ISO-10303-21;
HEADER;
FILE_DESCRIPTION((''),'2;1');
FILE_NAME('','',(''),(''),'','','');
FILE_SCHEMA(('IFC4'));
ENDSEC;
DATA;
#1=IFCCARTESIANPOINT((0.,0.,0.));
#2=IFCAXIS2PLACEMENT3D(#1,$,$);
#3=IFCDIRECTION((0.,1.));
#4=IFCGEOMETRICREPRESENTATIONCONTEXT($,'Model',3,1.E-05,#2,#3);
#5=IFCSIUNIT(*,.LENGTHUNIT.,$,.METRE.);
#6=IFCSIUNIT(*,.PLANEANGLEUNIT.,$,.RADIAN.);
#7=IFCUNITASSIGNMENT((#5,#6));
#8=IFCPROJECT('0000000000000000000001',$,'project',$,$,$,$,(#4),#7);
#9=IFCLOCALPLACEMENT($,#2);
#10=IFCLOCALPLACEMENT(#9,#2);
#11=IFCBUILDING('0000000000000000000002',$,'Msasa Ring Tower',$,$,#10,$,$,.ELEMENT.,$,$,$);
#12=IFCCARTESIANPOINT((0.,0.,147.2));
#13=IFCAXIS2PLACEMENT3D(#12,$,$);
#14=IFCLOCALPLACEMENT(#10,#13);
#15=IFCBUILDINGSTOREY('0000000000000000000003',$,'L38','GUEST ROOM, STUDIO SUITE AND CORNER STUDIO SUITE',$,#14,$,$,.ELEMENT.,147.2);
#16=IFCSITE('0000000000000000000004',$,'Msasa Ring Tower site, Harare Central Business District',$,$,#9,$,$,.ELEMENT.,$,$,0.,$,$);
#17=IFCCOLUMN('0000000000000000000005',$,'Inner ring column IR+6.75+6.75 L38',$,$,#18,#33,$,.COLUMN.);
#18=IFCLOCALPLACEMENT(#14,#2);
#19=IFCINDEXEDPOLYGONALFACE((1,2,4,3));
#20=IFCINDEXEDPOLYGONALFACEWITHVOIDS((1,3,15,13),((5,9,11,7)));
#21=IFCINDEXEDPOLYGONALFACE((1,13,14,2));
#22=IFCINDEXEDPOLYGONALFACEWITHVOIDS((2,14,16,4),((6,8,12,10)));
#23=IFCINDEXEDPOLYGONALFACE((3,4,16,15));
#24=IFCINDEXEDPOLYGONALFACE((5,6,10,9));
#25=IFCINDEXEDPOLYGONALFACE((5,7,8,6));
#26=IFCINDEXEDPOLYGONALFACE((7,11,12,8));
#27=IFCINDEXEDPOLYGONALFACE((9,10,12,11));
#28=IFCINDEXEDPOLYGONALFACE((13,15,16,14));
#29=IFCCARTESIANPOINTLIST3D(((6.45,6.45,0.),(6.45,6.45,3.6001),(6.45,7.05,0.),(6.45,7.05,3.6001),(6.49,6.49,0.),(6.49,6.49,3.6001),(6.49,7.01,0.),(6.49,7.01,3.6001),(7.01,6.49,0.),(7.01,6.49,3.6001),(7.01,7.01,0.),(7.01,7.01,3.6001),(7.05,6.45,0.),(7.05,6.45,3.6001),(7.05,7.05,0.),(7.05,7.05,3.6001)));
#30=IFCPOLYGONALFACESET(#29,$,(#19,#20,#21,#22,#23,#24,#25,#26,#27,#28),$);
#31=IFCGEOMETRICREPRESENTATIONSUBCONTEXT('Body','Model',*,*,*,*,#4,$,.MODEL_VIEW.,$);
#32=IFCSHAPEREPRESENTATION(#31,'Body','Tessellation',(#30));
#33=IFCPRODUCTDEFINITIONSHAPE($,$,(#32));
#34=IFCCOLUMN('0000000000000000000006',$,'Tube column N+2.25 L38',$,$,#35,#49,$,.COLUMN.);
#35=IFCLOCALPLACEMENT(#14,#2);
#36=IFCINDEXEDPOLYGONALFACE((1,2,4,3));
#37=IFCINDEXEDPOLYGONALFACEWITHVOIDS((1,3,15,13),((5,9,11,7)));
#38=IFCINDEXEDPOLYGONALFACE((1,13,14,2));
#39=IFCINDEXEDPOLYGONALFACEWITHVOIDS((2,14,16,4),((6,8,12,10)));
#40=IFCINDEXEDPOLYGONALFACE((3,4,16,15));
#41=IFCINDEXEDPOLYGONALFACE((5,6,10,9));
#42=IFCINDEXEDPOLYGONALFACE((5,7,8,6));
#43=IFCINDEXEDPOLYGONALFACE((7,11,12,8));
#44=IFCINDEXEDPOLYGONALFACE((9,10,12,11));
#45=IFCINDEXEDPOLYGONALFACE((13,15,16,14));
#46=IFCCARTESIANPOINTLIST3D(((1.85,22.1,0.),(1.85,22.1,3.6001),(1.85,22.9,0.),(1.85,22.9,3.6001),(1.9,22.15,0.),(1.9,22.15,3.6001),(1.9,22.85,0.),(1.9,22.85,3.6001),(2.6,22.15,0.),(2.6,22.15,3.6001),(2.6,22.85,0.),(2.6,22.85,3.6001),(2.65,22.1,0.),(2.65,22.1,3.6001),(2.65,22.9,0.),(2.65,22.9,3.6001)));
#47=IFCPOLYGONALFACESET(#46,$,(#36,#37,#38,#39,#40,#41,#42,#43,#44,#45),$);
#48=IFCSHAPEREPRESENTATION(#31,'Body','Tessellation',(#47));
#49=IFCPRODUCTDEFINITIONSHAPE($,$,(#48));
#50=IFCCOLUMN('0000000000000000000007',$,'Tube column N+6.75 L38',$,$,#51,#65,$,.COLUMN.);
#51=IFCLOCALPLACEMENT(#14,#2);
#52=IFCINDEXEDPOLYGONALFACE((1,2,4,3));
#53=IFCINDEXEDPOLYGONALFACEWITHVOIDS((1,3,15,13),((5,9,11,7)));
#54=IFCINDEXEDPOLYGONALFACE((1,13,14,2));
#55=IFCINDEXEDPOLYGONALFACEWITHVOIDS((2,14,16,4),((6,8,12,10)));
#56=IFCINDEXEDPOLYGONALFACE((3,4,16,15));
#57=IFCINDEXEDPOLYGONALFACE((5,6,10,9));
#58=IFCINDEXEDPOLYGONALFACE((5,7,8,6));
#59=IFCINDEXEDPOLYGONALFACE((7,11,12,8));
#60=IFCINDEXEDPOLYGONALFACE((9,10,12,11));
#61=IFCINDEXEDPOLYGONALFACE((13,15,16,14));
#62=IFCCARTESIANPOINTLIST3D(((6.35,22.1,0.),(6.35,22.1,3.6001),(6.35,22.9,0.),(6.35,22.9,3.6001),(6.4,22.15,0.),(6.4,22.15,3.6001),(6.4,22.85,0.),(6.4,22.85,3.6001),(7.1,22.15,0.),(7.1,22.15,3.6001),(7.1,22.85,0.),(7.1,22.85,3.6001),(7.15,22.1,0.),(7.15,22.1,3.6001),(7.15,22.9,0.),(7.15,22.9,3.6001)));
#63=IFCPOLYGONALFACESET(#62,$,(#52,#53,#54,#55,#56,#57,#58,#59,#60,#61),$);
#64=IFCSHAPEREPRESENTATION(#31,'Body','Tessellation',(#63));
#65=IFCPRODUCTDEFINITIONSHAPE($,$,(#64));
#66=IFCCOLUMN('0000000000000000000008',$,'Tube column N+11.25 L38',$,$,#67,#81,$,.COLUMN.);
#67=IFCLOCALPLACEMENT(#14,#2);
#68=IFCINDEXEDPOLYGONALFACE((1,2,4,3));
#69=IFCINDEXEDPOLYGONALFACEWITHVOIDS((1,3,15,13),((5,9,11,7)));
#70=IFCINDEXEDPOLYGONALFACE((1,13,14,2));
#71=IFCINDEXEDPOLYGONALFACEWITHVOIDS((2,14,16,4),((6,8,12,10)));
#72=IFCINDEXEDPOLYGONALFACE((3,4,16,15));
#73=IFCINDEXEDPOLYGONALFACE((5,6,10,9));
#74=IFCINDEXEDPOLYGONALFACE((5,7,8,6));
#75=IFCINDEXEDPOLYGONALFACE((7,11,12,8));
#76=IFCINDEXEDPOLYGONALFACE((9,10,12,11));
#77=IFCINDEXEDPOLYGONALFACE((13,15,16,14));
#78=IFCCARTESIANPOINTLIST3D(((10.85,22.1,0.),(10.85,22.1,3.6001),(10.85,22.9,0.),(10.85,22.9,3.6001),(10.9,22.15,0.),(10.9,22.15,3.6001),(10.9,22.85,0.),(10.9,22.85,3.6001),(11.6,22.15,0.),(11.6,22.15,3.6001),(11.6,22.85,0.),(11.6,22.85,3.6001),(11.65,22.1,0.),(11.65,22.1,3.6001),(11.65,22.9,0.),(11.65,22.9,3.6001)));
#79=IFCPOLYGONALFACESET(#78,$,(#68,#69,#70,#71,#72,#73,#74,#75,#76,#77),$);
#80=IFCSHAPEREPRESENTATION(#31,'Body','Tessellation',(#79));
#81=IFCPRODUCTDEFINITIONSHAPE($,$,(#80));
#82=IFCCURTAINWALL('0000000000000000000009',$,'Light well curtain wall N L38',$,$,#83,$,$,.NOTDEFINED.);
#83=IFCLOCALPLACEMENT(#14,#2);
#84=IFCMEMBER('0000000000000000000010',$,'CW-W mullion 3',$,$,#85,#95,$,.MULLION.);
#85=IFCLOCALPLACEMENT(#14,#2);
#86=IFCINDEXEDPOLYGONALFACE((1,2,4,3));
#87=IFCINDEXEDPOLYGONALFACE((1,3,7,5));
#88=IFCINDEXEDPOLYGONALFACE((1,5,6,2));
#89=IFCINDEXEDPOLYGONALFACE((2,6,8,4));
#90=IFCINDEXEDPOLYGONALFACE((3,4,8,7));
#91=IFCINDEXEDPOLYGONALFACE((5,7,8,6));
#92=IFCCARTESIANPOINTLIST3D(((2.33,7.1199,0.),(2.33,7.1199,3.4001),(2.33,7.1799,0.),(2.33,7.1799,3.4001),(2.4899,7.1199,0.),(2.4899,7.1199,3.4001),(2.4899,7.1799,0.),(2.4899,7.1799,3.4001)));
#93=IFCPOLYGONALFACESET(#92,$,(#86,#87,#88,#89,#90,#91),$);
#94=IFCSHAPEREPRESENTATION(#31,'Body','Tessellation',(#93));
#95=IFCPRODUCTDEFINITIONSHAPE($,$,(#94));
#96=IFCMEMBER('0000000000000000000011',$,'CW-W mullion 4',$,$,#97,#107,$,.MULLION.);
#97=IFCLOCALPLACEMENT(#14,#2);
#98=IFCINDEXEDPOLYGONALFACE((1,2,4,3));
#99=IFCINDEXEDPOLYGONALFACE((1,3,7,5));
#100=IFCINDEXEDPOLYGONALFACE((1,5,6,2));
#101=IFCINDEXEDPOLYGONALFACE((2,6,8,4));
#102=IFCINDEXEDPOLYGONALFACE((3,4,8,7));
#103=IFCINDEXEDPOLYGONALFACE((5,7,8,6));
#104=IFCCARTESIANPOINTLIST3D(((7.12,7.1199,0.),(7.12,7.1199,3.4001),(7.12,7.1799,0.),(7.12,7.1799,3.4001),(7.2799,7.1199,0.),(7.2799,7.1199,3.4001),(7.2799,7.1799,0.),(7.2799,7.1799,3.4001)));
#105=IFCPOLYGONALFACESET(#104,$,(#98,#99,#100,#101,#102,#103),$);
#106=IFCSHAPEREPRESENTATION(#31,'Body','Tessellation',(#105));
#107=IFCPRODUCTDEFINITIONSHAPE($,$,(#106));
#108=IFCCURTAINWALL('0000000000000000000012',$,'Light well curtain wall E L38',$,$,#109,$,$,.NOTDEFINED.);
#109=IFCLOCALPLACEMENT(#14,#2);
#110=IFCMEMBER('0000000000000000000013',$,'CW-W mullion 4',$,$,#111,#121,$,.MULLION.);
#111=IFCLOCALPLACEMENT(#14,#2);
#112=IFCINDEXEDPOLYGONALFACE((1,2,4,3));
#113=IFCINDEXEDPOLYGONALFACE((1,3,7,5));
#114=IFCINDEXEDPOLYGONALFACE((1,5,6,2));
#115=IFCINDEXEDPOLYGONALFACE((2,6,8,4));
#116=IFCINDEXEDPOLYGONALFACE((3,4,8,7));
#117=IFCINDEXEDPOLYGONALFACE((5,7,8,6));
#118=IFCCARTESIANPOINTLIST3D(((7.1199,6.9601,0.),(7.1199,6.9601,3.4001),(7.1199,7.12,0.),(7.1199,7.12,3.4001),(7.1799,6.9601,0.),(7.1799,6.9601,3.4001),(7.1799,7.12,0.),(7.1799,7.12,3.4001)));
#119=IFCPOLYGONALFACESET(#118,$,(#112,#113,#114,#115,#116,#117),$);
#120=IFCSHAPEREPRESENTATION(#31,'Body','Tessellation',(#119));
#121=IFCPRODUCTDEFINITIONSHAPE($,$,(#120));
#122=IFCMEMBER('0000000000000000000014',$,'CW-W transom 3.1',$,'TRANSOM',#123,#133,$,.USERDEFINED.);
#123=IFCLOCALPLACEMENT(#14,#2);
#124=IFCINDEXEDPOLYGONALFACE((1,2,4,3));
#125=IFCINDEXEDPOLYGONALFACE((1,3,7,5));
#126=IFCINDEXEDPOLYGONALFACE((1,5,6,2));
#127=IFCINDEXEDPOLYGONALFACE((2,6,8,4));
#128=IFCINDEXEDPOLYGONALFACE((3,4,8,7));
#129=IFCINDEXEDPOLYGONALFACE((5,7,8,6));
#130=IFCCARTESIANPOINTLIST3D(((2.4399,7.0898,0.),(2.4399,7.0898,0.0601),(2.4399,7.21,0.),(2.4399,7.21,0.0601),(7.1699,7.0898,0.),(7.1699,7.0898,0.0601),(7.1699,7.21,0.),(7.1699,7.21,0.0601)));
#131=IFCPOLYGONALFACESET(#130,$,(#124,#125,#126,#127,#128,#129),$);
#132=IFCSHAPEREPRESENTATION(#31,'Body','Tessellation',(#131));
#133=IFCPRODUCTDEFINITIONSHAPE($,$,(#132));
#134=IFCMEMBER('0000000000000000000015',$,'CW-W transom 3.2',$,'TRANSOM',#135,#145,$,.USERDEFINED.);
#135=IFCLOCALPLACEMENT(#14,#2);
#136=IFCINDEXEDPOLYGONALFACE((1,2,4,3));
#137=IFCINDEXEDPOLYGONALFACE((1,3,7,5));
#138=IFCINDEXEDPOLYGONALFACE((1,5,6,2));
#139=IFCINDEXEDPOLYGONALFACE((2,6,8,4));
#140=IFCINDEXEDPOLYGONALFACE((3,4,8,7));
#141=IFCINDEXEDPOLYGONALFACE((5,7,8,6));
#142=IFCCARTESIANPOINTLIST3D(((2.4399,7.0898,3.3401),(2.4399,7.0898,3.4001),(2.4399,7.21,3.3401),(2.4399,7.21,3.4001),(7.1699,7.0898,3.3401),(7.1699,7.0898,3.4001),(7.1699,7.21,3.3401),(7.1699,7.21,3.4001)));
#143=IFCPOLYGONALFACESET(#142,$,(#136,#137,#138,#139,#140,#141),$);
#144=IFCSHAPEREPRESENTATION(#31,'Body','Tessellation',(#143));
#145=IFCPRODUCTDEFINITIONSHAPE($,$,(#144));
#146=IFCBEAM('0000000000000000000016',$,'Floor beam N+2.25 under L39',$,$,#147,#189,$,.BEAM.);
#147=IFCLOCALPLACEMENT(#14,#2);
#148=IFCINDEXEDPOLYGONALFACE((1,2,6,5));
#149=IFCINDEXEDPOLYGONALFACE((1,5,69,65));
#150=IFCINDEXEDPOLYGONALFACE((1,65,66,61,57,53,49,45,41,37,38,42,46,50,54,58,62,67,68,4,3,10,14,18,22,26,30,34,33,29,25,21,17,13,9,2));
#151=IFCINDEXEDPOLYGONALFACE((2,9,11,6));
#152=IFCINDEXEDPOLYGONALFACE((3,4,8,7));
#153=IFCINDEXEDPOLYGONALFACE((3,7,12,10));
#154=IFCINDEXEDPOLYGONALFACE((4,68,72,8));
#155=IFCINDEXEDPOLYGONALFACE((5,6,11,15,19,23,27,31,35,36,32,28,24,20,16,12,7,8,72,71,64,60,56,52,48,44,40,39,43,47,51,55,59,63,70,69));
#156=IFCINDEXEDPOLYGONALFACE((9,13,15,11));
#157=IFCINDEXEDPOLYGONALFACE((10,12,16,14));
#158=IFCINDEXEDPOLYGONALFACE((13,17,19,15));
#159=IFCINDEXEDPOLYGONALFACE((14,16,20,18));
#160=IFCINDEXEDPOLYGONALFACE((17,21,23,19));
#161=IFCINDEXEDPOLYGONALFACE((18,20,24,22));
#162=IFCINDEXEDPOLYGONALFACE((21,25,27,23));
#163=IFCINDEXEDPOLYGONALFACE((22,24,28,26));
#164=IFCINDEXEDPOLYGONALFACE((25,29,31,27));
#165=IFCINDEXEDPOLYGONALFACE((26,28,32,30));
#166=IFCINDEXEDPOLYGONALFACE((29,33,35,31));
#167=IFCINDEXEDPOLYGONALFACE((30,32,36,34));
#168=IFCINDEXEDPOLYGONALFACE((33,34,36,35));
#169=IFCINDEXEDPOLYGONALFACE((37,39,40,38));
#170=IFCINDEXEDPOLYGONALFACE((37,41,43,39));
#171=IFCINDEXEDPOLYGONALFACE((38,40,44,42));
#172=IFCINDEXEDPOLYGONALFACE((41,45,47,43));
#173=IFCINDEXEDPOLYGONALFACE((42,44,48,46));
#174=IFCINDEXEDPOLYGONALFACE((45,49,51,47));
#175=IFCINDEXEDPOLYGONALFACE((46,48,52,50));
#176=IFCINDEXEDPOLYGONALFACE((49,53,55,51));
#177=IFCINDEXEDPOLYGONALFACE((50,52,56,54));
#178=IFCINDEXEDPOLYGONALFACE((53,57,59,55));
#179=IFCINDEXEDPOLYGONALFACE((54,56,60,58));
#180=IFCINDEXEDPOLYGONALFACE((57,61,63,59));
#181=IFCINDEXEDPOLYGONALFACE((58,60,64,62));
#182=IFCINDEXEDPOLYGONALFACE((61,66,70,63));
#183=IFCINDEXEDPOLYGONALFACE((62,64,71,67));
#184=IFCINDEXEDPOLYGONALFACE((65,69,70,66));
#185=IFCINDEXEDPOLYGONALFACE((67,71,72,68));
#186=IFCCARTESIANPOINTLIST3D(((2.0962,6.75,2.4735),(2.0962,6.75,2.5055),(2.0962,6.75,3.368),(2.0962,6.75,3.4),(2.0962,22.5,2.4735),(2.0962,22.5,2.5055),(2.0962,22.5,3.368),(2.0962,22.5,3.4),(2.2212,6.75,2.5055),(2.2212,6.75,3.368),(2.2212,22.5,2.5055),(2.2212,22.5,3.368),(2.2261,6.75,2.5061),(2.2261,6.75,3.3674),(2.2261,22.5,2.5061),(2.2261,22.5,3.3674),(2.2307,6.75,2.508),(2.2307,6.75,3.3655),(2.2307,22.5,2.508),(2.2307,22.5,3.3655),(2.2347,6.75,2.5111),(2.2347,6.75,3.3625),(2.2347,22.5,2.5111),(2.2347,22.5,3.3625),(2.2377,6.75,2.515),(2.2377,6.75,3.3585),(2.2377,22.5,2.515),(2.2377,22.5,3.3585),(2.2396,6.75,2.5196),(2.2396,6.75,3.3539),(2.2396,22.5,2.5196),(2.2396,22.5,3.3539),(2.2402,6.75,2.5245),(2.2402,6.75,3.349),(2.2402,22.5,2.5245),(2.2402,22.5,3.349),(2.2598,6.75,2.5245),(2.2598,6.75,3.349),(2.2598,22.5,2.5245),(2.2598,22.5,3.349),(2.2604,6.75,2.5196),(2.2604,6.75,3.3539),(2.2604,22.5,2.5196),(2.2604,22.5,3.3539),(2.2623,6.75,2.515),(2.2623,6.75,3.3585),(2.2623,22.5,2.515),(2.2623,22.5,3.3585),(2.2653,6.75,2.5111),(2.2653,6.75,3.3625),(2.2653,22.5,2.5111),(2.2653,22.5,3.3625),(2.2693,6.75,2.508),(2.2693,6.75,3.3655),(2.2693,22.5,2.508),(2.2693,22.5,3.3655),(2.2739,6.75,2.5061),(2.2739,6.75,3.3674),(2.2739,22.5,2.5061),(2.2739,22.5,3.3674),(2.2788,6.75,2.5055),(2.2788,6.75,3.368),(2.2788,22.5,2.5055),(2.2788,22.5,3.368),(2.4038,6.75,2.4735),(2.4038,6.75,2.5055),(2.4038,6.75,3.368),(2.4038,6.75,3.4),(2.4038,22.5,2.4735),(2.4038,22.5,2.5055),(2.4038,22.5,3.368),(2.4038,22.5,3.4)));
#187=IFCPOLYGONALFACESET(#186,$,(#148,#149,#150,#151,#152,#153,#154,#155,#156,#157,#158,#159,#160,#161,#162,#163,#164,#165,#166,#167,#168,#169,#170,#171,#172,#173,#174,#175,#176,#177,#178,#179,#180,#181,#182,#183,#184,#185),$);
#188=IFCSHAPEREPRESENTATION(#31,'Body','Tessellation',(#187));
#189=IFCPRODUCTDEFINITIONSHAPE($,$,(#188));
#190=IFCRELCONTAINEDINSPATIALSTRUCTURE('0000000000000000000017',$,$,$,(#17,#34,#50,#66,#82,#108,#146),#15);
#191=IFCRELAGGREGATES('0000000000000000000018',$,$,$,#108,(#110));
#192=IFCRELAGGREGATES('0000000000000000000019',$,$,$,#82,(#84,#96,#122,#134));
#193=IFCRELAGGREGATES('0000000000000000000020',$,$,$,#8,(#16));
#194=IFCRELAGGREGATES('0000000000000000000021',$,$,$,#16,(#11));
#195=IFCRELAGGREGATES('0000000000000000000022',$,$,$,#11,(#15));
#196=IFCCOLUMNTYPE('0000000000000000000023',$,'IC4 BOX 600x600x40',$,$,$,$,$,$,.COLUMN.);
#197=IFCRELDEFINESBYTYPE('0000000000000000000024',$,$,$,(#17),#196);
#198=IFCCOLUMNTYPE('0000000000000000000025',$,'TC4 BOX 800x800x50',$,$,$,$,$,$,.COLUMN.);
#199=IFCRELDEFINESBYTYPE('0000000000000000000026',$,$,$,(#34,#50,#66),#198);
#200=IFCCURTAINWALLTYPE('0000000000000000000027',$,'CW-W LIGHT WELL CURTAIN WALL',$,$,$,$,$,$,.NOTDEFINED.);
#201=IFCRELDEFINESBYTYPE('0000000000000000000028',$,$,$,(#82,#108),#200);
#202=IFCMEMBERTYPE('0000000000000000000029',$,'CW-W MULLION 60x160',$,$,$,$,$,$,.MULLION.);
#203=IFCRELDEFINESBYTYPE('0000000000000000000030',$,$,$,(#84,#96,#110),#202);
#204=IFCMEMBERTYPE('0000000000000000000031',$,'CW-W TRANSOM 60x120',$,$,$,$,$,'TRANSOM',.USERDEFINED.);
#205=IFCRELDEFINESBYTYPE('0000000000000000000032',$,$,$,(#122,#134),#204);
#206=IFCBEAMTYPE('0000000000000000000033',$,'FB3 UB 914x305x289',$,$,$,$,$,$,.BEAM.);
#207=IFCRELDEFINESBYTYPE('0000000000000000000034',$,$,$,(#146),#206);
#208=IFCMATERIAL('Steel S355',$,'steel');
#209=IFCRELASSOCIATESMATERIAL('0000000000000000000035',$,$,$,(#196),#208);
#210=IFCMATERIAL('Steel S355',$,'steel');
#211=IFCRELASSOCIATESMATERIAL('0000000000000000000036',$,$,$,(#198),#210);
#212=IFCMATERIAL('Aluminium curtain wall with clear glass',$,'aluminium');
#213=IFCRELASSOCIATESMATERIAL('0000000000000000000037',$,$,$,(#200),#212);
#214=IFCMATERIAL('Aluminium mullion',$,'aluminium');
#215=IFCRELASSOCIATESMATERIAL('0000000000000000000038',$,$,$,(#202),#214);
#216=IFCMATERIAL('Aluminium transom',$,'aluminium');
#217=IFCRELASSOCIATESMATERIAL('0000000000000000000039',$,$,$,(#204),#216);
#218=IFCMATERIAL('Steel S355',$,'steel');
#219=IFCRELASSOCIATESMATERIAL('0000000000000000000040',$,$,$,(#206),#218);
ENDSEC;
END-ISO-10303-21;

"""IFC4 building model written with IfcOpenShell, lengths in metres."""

from ifc_helpers import new_model, si_unit, direction, frame, origin, origin_2d, place, context, subcontext, project, spatial, rectangle, hollow_rectangle, i_section, extrude, material, material_profile, profile_set, type_object, element, aggregate, save


model = new_model("IFC4")

# Units and contexts
model_context = context("Model", 3, precision=1e-05, world=origin(), true_north=direction((0.0, 1.0)))
body_context = subcontext(model_context, "Body", "Model", "MODEL_VIEW")
ifc_project = project(units=[si_unit("LENGTHUNIT", "METRE"), si_unit("PLANEANGLEUNIT", "RADIAN")], contexts=[model_context])

# Site, building, storey
site_placement = place(None, origin())
site = spatial("IfcSite", under=ifc_project, at=site_placement, Name="Msasa Ring Tower site, Harare Central Business District", CompositionType="ELEMENT", RefElevation=0.0)
building_placement = place(site_placement, origin())
building = spatial("IfcBuilding", under=site, at=building_placement, Name="Msasa Ring Tower", CompositionType="ELEMENT")
storey_placement = place(building_placement, frame((0.0, 0.0, 147.2)))
storey = spatial("IfcBuildingStorey", under=building, at=storey_placement, Name="L38", Description="GUEST ROOM, STUDIO SUITE AND CORNER STUDIO SUITE", CompositionType="ELEMENT", Elevation=147.2)

# Columns
ifc_material_1 = material(Name="Steel S355", Category="steel")
ifc_material_profile_1 = material_profile(ifc_material_1, hollow_rectangle(XDim=0.6001, YDim=0.6001, WallThickness=0.04, at=origin_2d()), Name="BOX 600x600x40")
ifc_profile_set_1 = profile_set([ifc_material_profile_1], Name="Steel S355")
column_type_1 = type_object("IfcColumnType", Name="IC4 BOX 600x600x40", PredefinedType="COLUMN", material=ifc_profile_set_1)
column_placement = place(storey_placement, frame((6.75, 6.75, 0.0), z_axis=(0.0, 0.0, 1.0), x_axis=(1.0, 0.0, 0.0)))
element("IfcColumn", 1, at=column_placement, inside=storey, type_object=column_type_1, Name="Inner ring column IR+6.75+6.75 L38", PredefinedType="COLUMN", context=body_context, shape_type="SweptSolid", body=[
    extrude(hollow_rectangle(XDim=0.6001, YDim=0.6001, WallThickness=0.04, at=origin_2d()), origin(), (0.0, 0.0, 1.0), 3.6001),
])
ifc_material_2 = material(Name="Steel S355", Category="steel")
ifc_material_profile_2 = material_profile(ifc_material_2, hollow_rectangle(XDim=0.8, YDim=0.8, WallThickness=0.05, at=origin_2d()), Name="BOX 800x800x50")
ifc_profile_set_2 = profile_set([ifc_material_profile_2], Name="Steel S355")
column_type_2 = type_object("IfcColumnType", Name="TC4 BOX 800x800x50", PredefinedType="COLUMN", material=ifc_profile_set_2)
for number, where, z_axis, x_axis, name in (
    (2, (2.25, 22.5, 0.0), (0.0, 0.0, 1.0), (0.0, 1.0, 0.0), "Tube column N+2.25 L38"),
    (3, (6.75, 22.5, 0.0), (0.0, 0.0, 1.0), (0.0, 1.0, 0.0), "Tube column N+6.75 L38"),
    (4, (11.25, 22.5, 0.0), (0.0, 0.0, 1.0), (0.0, 1.0, 0.0), "Tube column N+11.25 L38"),
):
    element("IfcColumn", number, at=place(storey_placement, frame(where, z_axis=z_axis, x_axis=x_axis)), inside=storey, type_object=column_type_2, Name=name, PredefinedType="COLUMN", context=body_context, shape_type="SweptSolid", body=[
        extrude(hollow_rectangle(XDim=0.8, YDim=0.8, WallThickness=0.05, at=origin_2d()), origin(), (0.0, 0.0, 1.0), 3.6001),
    ])

# Curtain wall, members
ifc_material_3 = material(Name="Aluminium curtain wall with clear glass", Category="aluminium")
curtain_wall_type = type_object("IfcCurtainWallType", Name="CW-W LIGHT WELL CURTAIN WALL", PredefinedType="NOTDEFINED", material=ifc_material_3)
curtain_wall_1_placement = place(storey_placement, origin())
curtain_wall_1 = element("IfcCurtainWall", 5, at=curtain_wall_1_placement, inside=storey, type_object=curtain_wall_type, Name="Light well curtain wall N L38", PredefinedType="NOTDEFINED")
ifc_material_4 = material(Name="Aluminium mullion", Category="aluminium")
ifc_material_profile_3 = material_profile(ifc_material_4, rectangle(XDim=0.0601, YDim=0.1599, at=origin_2d()), Name="AL 60x160")
ifc_profile_set_3 = profile_set([ifc_material_profile_3], Name="Aluminium mullion")
member_type_1 = type_object("IfcMemberType", Name="CW-W MULLION 60x160", PredefinedType="MULLION", material=ifc_profile_set_3)
member_1_placement = place(storey_placement, frame((2.4099, 7.1499, 0.0), z_axis=(0.0, 0.0, 1.0), x_axis=(0.0, 1.0, 0.0)))
member_1 = element("IfcMember", 6, at=member_1_placement, type_object=member_type_1, Name="CW-W mullion 3", PredefinedType="MULLION", context=body_context, shape_type="SweptSolid", body=[
    extrude(rectangle(XDim=0.0601, YDim=0.1599, at=origin_2d()), origin(), (0.0, 0.0, 1.0), 3.4001),
])
member_2_placement = place(storey_placement, frame((7.2, 7.1499, 0.0), z_axis=(0.0, 0.0, 1.0), x_axis=(0.0, 1.0, 0.0)))
member_2 = element("IfcMember", 7, at=member_2_placement, type_object=member_type_1, Name="CW-W mullion 4", PredefinedType="MULLION", context=body_context, shape_type="SweptSolid", body=[
    extrude(rectangle(XDim=0.0601, YDim=0.1599, at=origin_2d()), origin(), (0.0, 0.0, 1.0), 3.4001),
])

# Curtain wall, member
curtain_wall_2_placement = place(storey_placement, origin())
curtain_wall_2 = element("IfcCurtainWall", 8, at=curtain_wall_2_placement, inside=storey, type_object=curtain_wall_type, Name="Light well curtain wall E L38", PredefinedType="NOTDEFINED")
member_3_placement = place(storey_placement, frame((7.1499, 7.04, 0.0), z_axis=(0.0, 0.0, 1.0), x_axis=(-1.0, 0.0, 0.0)))
member_3 = element("IfcMember", 9, at=member_3_placement, type_object=member_type_1, Name="CW-W mullion 4", PredefinedType="MULLION", context=body_context, shape_type="SweptSolid", body=[
    extrude(rectangle(XDim=0.0601, YDim=0.1599, at=origin_2d()), origin(), (0.0, 0.0, 1.0), 3.4001),
])
aggregate(curtain_wall_2, [member_3])

# Members
ifc_material_5 = material(Name="Aluminium transom", Category="aluminium")
ifc_material_profile_4 = material_profile(ifc_material_5, rectangle(XDim=0.1201, YDim=0.0601, at=origin_2d()), Name="AL 60x120")
ifc_profile_set_4 = profile_set([ifc_material_profile_4], Name="Aluminium transom")
member_type_2 = type_object("IfcMemberType", Name="CW-W TRANSOM 60x120", ElementType="TRANSOM", PredefinedType="USERDEFINED", material=ifc_profile_set_4)
member_4_placement = place(storey_placement, frame((2.4399, 7.1499, 0.03), z_axis=(1.0, 0.0, 0.0), x_axis=(0.0, 1.0, 0.0)))
member_4 = element("IfcMember", 10, at=member_4_placement, type_object=member_type_2, Name="CW-W transom 3.1", ObjectType="TRANSOM", PredefinedType="USERDEFINED", context=body_context, shape_type="SweptSolid", body=[
    extrude(rectangle(XDim=0.1201, YDim=0.0601, at=origin_2d()), origin(), (0.0, 0.0, 1.0), 4.73),
])
member_5_placement = place(storey_placement, frame((2.4399, 7.1499, 3.3701), z_axis=(1.0, 0.0, 0.0), x_axis=(0.0, 1.0, 0.0)))
member_5 = element("IfcMember", 11, at=member_5_placement, type_object=member_type_2, Name="CW-W transom 3.2", ObjectType="TRANSOM", PredefinedType="USERDEFINED", context=body_context, shape_type="SweptSolid", body=[
    extrude(rectangle(XDim=0.1201, YDim=0.0601, at=origin_2d()), origin(), (0.0, 0.0, 1.0), 4.73),
])

# Beam
ifc_material_6 = material(Name="Steel S355", Category="steel")
ifc_material_profile_5 = material_profile(ifc_material_6, i_section(OverallWidth=0.3076, OverallDepth=0.9265, WebThickness=0.0195, FlangeThickness=0.032, FilletRadius=0.019, at=origin_2d()), Name="UB 914x305x289")
ifc_profile_set_5 = profile_set([ifc_material_profile_5], Name="Steel S355")
beam_type_1 = type_object("IfcBeamType", Name="FB3 UB 914x305x289", PredefinedType="BEAM", material=ifc_profile_set_5)
for number, where, z_axis, x_axis, name in (
    (12, (2.25, 22.5, 2.9368), (0.0, -1.0, 0.0), (1.0, 0.0, 0.0), "Floor beam N+2.25 under L39"),
):
    element("IfcBeam", number, at=place(storey_placement, frame(where, z_axis=z_axis, x_axis=x_axis)), inside=storey, type_object=beam_type_1, Name=name, PredefinedType="BEAM", context=body_context, shape_type="SweptSolid", body=[
        extrude(i_section(OverallWidth=0.3076, OverallDepth=0.9265, WebThickness=0.0195, FlangeThickness=0.032, FilletRadius=0.019, at=origin_2d()), origin(), (0.0, 0.0, 1.0), 15.75),
    ])

aggregate(curtain_wall_1, [member_1, member_2, member_4, member_5])

save(model, "model.ifc")
